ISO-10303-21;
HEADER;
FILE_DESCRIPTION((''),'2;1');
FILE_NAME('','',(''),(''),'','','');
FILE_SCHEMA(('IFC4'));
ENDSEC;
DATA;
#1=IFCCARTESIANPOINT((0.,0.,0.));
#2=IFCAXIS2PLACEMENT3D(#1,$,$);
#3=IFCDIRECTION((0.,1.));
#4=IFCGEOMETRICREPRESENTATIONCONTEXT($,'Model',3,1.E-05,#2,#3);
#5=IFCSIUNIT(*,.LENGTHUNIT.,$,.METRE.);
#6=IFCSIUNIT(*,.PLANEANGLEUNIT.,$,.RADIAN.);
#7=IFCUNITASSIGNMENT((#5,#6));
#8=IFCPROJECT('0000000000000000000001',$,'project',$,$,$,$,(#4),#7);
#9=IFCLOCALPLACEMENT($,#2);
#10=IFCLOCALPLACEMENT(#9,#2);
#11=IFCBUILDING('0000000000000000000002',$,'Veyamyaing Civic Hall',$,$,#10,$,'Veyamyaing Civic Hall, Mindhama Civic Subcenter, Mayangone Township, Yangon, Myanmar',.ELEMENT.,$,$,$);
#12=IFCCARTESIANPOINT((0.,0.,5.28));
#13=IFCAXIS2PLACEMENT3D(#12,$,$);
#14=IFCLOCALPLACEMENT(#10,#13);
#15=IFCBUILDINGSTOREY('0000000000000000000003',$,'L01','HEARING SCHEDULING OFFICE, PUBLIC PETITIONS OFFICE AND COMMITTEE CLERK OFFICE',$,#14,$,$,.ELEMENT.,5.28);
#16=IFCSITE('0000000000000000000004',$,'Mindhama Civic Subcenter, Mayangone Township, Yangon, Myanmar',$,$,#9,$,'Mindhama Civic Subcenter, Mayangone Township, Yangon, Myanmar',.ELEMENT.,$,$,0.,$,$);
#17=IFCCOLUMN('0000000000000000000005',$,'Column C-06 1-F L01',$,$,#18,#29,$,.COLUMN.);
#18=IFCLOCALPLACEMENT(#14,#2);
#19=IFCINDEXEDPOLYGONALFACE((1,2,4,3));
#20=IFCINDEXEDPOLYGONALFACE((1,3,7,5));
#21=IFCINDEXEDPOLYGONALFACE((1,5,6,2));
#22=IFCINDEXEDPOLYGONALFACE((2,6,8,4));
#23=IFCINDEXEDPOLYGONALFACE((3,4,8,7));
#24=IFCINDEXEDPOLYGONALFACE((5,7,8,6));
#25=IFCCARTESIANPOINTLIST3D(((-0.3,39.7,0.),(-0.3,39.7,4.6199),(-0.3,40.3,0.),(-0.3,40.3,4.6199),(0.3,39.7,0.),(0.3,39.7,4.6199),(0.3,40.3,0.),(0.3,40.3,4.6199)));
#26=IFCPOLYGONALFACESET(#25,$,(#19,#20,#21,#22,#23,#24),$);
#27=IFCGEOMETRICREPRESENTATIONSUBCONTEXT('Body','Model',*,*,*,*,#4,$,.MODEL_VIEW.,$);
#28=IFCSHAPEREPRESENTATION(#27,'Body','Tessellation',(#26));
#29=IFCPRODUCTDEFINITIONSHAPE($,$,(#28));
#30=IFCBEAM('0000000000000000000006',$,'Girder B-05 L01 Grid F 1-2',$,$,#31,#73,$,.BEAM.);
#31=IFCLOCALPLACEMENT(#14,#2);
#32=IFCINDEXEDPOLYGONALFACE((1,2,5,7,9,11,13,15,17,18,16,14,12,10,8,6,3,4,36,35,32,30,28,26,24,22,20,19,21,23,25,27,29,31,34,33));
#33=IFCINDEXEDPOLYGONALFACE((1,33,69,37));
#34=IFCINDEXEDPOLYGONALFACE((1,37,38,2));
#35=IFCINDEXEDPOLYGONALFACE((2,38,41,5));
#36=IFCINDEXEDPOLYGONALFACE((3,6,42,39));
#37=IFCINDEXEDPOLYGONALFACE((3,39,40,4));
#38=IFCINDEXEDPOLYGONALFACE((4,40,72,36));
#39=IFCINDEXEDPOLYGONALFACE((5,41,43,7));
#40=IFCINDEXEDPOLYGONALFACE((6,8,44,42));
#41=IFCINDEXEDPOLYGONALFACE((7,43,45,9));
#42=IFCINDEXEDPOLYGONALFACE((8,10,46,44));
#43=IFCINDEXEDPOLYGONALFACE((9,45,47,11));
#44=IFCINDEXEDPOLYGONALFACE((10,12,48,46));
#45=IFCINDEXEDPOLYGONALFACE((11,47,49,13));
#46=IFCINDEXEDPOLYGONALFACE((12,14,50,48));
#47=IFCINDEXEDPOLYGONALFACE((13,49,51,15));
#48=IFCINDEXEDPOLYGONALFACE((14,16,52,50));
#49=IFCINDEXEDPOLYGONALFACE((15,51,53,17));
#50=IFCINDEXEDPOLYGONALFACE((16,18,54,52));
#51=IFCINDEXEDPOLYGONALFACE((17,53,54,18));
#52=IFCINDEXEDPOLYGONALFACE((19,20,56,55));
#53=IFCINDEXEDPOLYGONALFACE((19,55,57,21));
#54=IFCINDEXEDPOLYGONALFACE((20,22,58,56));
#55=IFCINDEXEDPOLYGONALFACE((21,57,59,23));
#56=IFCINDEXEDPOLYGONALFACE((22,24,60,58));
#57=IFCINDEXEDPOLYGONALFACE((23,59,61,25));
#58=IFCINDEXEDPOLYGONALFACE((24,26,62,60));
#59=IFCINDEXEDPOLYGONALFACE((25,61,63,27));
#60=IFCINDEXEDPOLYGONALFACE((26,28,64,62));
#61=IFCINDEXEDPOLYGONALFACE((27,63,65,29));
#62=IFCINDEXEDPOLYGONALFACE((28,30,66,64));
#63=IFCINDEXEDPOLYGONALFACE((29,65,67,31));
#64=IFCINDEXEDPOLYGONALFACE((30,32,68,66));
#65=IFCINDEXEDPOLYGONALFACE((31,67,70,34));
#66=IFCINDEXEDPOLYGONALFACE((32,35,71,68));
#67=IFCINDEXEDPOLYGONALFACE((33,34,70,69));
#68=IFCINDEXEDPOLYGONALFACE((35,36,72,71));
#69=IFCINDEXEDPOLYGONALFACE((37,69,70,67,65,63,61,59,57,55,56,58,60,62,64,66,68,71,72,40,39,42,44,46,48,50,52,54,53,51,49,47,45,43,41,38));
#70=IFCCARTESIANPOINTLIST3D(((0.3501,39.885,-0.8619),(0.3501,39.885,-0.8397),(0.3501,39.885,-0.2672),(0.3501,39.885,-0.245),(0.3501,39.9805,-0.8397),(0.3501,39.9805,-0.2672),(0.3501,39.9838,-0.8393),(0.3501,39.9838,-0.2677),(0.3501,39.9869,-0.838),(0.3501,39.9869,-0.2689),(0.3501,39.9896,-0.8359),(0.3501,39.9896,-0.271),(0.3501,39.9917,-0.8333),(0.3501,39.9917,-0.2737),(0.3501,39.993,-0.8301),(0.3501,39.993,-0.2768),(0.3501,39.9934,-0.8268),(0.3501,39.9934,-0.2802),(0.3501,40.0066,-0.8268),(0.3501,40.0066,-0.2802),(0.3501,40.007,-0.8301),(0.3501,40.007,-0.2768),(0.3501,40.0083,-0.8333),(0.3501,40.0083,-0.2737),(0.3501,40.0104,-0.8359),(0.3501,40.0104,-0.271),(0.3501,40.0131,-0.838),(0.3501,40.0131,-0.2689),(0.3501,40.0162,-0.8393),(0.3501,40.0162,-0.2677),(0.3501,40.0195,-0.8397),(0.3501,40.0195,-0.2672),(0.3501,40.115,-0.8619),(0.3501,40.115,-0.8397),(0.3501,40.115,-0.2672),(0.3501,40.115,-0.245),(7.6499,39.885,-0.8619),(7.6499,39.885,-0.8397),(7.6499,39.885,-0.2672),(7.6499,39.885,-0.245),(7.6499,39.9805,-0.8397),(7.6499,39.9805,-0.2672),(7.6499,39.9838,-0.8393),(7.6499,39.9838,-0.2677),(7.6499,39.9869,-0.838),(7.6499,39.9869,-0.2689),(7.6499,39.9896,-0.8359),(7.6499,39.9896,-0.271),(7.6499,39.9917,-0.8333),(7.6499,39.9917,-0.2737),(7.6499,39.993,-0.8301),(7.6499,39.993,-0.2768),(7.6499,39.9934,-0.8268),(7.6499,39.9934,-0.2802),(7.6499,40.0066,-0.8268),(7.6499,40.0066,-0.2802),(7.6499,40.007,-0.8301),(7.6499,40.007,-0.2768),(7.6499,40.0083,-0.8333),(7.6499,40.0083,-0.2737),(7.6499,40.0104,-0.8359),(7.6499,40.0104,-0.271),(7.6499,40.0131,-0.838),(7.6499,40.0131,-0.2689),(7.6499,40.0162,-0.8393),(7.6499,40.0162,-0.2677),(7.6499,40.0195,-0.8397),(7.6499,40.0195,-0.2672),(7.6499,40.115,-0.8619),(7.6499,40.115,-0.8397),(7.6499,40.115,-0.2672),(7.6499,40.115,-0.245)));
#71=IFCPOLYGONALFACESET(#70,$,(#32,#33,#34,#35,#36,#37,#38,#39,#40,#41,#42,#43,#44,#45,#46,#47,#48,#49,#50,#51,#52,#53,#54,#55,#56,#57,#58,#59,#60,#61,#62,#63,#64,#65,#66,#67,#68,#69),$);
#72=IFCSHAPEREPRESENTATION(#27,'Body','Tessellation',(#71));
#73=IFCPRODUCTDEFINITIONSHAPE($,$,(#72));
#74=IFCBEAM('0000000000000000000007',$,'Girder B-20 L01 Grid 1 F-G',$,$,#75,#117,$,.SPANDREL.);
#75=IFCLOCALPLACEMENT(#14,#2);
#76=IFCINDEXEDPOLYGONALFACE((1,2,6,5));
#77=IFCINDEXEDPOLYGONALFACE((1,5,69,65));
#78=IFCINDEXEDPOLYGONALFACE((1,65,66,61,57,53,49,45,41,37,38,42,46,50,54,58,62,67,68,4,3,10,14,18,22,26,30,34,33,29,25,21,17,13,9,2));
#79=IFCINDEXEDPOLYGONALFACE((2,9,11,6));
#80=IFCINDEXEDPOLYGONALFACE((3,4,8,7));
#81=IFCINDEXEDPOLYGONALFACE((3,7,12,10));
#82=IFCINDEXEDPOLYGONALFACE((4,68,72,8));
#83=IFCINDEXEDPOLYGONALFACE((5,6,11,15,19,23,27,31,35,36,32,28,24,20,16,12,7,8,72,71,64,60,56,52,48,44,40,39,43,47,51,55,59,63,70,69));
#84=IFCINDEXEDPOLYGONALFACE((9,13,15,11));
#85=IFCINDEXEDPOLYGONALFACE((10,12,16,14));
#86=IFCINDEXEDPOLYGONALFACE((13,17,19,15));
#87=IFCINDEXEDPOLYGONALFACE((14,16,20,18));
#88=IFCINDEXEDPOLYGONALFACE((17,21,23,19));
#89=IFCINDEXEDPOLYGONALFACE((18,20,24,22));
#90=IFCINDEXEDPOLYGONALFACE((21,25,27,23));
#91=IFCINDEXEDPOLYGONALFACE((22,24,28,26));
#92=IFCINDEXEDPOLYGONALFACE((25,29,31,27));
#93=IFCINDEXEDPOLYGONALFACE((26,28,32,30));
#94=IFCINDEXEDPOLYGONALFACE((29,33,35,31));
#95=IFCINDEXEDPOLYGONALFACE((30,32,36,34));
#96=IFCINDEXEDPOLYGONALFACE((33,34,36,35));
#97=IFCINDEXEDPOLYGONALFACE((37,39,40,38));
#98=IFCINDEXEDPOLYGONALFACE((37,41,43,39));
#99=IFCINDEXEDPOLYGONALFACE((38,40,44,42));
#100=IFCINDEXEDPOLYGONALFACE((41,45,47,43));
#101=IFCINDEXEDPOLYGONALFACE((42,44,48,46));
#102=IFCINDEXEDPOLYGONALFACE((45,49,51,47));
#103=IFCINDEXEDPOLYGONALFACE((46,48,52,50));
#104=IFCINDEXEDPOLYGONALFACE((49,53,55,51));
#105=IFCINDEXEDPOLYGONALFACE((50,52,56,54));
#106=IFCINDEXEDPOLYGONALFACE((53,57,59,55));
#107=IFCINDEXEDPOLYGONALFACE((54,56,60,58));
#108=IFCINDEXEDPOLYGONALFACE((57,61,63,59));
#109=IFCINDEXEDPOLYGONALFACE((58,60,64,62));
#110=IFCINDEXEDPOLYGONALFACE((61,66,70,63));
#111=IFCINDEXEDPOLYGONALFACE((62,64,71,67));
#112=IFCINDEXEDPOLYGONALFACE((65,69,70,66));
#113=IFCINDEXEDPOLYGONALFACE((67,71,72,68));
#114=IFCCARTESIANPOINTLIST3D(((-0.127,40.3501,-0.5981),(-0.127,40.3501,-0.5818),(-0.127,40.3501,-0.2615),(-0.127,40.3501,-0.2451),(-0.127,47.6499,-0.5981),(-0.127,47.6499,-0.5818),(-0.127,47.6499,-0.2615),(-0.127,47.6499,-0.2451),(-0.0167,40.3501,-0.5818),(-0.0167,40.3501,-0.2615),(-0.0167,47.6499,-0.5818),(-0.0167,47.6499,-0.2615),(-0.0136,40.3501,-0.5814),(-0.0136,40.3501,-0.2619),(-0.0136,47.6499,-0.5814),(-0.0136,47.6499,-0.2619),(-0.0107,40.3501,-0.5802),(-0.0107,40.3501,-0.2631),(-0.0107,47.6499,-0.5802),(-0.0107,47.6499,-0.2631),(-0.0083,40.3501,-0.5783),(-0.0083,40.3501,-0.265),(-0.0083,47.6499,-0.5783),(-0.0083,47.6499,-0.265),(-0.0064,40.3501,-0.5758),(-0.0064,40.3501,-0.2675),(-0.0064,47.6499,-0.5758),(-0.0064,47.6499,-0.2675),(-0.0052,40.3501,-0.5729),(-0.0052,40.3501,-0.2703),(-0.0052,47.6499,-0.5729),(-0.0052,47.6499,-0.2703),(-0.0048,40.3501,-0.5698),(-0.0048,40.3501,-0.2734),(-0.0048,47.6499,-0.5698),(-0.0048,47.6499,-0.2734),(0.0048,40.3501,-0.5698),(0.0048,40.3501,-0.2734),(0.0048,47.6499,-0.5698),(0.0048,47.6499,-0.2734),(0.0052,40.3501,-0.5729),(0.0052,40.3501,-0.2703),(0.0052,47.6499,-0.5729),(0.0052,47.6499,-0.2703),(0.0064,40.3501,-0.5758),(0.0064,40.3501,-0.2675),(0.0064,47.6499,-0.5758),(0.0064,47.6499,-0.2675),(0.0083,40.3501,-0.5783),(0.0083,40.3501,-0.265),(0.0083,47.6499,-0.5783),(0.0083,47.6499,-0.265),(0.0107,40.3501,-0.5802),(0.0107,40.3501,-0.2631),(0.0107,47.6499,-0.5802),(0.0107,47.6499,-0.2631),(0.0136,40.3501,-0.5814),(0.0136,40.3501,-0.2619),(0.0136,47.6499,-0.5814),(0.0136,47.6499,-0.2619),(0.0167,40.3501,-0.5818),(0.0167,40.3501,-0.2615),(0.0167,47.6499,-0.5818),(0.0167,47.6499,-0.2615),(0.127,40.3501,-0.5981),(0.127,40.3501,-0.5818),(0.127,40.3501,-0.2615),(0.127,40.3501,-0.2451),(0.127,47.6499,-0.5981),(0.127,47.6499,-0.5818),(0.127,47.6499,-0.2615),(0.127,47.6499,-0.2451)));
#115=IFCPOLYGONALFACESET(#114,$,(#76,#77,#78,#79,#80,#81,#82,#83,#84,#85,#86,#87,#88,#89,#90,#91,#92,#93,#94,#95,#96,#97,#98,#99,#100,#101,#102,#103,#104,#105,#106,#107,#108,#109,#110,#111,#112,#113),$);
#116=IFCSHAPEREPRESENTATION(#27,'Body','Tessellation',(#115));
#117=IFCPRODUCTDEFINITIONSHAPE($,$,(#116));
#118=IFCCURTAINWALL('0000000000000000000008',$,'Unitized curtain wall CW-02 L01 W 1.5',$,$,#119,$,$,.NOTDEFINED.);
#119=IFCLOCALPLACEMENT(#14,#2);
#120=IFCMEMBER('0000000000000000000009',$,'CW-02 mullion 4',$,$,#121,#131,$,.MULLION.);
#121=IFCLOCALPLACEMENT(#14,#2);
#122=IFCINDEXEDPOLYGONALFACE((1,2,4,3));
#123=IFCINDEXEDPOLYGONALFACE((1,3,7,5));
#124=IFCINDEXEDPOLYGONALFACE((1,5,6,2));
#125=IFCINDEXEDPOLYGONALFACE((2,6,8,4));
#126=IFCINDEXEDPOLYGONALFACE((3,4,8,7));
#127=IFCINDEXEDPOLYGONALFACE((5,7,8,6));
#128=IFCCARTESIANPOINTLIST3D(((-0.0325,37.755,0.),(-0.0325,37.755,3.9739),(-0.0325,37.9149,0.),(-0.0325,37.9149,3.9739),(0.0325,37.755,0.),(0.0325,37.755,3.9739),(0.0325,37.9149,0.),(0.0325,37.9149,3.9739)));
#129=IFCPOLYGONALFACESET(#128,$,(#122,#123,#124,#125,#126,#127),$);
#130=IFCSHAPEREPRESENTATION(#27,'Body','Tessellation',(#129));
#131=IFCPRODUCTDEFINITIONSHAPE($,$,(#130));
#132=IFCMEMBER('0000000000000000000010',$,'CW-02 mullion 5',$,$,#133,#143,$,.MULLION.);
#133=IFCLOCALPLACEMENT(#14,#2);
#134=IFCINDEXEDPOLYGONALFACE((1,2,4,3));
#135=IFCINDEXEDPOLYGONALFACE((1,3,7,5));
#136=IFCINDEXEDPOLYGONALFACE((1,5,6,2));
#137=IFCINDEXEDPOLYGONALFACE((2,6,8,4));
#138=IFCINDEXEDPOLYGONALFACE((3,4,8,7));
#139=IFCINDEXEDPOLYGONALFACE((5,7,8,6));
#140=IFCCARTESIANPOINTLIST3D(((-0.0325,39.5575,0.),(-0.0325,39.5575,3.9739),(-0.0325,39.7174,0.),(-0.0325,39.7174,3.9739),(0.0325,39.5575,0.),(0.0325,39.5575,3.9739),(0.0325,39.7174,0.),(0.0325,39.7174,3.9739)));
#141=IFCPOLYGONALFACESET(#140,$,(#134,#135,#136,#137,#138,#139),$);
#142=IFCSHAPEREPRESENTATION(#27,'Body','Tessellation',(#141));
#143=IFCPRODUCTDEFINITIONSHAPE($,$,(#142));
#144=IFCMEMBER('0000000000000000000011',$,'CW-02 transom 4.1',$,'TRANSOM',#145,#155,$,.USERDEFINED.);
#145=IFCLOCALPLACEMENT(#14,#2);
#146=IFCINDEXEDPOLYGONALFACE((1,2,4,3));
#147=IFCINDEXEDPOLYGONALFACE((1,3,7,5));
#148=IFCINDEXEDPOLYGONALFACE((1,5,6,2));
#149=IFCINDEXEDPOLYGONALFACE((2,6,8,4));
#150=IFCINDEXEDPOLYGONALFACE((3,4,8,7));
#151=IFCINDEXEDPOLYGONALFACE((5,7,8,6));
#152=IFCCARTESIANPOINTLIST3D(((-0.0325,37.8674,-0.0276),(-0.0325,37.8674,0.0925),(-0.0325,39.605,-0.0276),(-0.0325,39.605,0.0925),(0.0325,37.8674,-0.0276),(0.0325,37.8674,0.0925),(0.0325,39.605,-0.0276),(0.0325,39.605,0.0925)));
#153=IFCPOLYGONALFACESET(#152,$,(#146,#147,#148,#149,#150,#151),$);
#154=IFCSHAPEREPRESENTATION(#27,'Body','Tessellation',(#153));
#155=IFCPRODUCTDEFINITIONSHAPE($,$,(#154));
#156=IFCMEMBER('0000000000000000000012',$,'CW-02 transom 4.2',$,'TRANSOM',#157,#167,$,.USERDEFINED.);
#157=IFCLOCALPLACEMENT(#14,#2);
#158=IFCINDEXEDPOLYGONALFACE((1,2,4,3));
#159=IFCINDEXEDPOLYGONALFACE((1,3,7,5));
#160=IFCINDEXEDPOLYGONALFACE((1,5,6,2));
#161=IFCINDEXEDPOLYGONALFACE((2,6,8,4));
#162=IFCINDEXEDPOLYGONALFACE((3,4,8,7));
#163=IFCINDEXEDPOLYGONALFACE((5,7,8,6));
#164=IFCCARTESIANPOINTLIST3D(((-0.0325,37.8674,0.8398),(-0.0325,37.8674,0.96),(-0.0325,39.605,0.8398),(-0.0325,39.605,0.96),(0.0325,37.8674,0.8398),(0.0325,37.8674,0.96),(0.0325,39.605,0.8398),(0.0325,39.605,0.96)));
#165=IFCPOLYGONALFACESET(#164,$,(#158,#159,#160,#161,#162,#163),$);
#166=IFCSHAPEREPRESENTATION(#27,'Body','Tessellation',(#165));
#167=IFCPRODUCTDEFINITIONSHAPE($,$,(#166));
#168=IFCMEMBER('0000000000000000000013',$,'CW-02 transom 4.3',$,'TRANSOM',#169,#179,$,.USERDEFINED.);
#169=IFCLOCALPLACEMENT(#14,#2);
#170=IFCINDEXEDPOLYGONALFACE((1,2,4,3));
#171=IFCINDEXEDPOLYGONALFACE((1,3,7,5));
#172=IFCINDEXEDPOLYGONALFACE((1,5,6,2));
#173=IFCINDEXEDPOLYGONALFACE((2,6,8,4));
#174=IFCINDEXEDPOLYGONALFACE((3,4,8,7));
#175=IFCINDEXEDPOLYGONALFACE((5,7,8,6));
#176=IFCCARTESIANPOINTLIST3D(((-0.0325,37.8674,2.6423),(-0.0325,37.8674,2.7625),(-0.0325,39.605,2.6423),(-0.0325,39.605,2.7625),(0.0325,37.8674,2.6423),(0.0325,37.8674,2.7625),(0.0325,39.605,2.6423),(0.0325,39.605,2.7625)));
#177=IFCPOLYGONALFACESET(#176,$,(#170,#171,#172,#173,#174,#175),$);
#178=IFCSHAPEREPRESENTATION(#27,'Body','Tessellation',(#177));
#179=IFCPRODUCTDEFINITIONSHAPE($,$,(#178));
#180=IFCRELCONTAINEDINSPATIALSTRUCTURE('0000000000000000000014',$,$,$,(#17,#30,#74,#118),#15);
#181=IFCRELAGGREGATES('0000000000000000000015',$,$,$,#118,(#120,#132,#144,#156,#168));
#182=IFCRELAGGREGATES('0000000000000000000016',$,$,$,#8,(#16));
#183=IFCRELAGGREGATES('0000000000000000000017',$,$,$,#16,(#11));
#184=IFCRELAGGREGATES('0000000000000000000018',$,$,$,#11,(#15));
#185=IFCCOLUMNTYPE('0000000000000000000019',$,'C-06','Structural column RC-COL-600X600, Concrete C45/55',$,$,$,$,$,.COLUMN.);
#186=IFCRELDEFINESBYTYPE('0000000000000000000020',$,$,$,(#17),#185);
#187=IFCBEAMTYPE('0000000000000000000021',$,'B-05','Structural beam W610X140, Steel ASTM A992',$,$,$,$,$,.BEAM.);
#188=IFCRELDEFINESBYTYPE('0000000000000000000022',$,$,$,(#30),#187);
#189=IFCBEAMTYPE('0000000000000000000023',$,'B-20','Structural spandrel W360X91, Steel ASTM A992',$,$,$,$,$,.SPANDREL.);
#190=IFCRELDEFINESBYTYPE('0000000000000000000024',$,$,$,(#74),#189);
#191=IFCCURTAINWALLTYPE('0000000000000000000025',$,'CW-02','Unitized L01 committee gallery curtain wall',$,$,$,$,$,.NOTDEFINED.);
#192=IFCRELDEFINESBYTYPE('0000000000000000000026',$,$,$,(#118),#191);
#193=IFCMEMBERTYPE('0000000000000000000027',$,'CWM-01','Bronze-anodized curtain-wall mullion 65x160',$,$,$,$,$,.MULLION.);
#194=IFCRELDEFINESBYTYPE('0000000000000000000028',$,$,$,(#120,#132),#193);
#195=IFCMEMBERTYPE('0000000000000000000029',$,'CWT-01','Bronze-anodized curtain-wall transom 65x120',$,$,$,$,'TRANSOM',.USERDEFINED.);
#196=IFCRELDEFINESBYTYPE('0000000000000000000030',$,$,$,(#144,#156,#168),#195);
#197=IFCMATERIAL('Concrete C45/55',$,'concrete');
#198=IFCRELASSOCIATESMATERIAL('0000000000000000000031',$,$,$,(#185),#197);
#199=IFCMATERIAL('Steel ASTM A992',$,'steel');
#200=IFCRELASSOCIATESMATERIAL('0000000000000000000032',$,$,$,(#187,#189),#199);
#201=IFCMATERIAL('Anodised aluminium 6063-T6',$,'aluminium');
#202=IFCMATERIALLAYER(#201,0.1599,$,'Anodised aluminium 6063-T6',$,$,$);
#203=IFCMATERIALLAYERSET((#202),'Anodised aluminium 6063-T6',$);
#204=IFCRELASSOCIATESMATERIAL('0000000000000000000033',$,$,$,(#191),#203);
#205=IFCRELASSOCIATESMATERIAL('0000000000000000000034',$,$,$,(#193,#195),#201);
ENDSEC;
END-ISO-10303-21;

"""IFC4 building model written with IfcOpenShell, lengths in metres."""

from ifc_helpers import new_model, si_unit, direction, frame, origin, origin_2d, place, context, subcontext, project, spatial, rectangle, i_section, extrude, material, layer, layer_set, material_profile, profile_set, type_object, element, aggregate, save


model = new_model("IFC4")

# Units and contexts
model_context = context("Model", 3, precision=1e-05, world=origin(), true_north=direction((0.0, 1.0)))
body_context = subcontext(model_context, "Body", "Model", "MODEL_VIEW")
ifc_project = project(units=[si_unit("LENGTHUNIT", "METRE"), si_unit("PLANEANGLEUNIT", "RADIAN")], contexts=[model_context])

# Site, building, storey
site_placement = place(None, origin())
site = spatial("IfcSite", under=ifc_project, at=site_placement, Name="Mindhama Civic Subcenter, Mayangone Township, Yangon, Myanmar", LongName="Mindhama Civic Subcenter, Mayangone Township, Yangon, Myanmar", CompositionType="ELEMENT", RefElevation=0.0)
building_placement = place(site_placement, origin())
building = spatial("IfcBuilding", under=site, at=building_placement, Name="Veyamyaing Civic Hall", LongName="Veyamyaing Civic Hall, Mindhama Civic Subcenter, Mayangone Township, Yangon, Myanmar", CompositionType="ELEMENT")
storey_placement = place(building_placement, frame((0.0, 0.0, 5.28)))
storey = spatial("IfcBuildingStorey", under=building, at=storey_placement, Name="L01", Description="HEARING SCHEDULING OFFICE, PUBLIC PETITIONS OFFICE AND COMMITTEE CLERK OFFICE", CompositionType="ELEMENT", Elevation=5.28)

# Column
ifc_material_1 = material(Name="Concrete C45/55", Category="concrete")
ifc_material_profile_1 = material_profile(ifc_material_1, rectangle(XDim=0.6001, YDim=0.6001, at=origin_2d()), Name="RC-COL-600X600")
ifc_profile_set_1 = profile_set([ifc_material_profile_1], Name="Concrete C45/55")
column_type = type_object("IfcColumnType", Name="C-06", Description="Structural column RC-COL-600X600, Concrete C45/55", PredefinedType="COLUMN", material=ifc_profile_set_1)
column_placement = place(storey_placement, frame((0.0, 40.0, 0.0), z_axis=(0.0, 0.0, 1.0), x_axis=(1.0, 0.0, 0.0)))
element("IfcColumn", 1, at=column_placement, inside=storey, type_object=column_type, Name="Column C-06 1-F L01", PredefinedType="COLUMN", context=body_context, shape_type="SweptSolid", body=[
    extrude(rectangle(XDim=0.6001, YDim=0.6001, at=origin_2d()), origin(), (0.0, 0.0, 1.0), 4.6199),
])

# Beams
ifc_material_2 = material(Name="Steel ASTM A992", Category="steel")
ifc_material_profile_2 = material_profile(ifc_material_2, i_section(OverallWidth=0.23, OverallDepth=0.6169, WebThickness=0.0132, FlangeThickness=0.0222, FilletRadius=0.0129, at=origin_2d()), Name="W610X140")
ifc_profile_set_2 = profile_set([ifc_material_profile_2], Name="Steel ASTM A992")
beam_type_1 = type_object("IfcBeamType", Name="B-05", Description="Structural beam W610X140, Steel ASTM A992", PredefinedType="BEAM", material=ifc_profile_set_2)
beam_1_placement = place(storey_placement, frame((0.3501, 40.0, -0.5535), z_axis=(1.0, 0.0, 0.0), x_axis=(0.0, 1.0, 0.0)))
element("IfcBeam", 2, at=beam_1_placement, inside=storey, type_object=beam_type_1, Name="Girder B-05 L01 Grid F 1-2", PredefinedType="BEAM", context=body_context, shape_type="SweptSolid", body=[
    extrude(i_section(OverallWidth=0.23, OverallDepth=0.6169, WebThickness=0.0132, FlangeThickness=0.0222, FilletRadius=0.0129, at=origin_2d()), origin(), (0.0, 0.0, 1.0), 7.2998),
])
ifc_material_profile_3 = material_profile(ifc_material_2, i_section(OverallWidth=0.2539, OverallDepth=0.353, WebThickness=0.0095, FlangeThickness=0.0164, FilletRadius=0.012, at=origin_2d()), Name="W360X91")
ifc_profile_set_3 = profile_set([ifc_material_profile_3], Name="Steel ASTM A992")
beam_type_2 = type_object("IfcBeamType", Name="B-20", Description="Structural spandrel W360X91, Steel ASTM A992", PredefinedType="SPANDREL", material=ifc_profile_set_3)
beam_2_placement = place(storey_placement, frame((0.0, 40.3501, -0.4216), z_axis=(0.0, 1.0, 0.0), x_axis=(-1.0, 0.0, 0.0)))
element("IfcBeam", 3, at=beam_2_placement, inside=storey, type_object=beam_type_2, Name="Girder B-20 L01 Grid 1 F-G", PredefinedType="SPANDREL", context=body_context, shape_type="SweptSolid", body=[
    extrude(i_section(OverallWidth=0.2539, OverallDepth=0.353, WebThickness=0.0095, FlangeThickness=0.0164, FilletRadius=0.012, at=origin_2d()), origin(), (0.0, 0.0, 1.0), 7.2998),
])

# Curtain wall, members
ifc_material_3 = material(Name="Anodised aluminium 6063-T6", Category="aluminium")
ifc_layer_1 = layer(ifc_material_3, 0.1599, Name="Anodised aluminium 6063-T6")
ifc_layer_set_1 = layer_set([ifc_layer_1], Name="Anodised aluminium 6063-T6")
curtain_wall_type = type_object("IfcCurtainWallType", Name="CW-02", Description="Unitized L01 committee gallery curtain wall", PredefinedType="NOTDEFINED", material=ifc_layer_set_1)
curtain_wall_placement = place(storey_placement, origin())
curtain_wall = element("IfcCurtainWall", 4, at=curtain_wall_placement, inside=storey, type_object=curtain_wall_type, Name="Unitized curtain wall CW-02 L01 W 1.5", PredefinedType="NOTDEFINED")
ifc_material_profile_4 = material_profile(ifc_material_3, rectangle(XDim=0.0649, YDim=0.1599, at=origin_2d()), Name="ALU-MUL-65X160")
ifc_profile_set_4 = profile_set([ifc_material_profile_4], Name="Anodised aluminium 6063-T6")
member_type_1 = type_object("IfcMemberType", Name="CWM-01", Description="Bronze-anodized curtain-wall mullion 65x160", PredefinedType="MULLION", material=ifc_profile_set_4)
member_1_placement = place(storey_placement, frame((0.0, 37.835, 0.0), z_axis=(0.0, 0.0, 1.0), x_axis=(-1.0, 0.0, 0.0)))
member_1 = element("IfcMember", 5, at=member_1_placement, type_object=member_type_1, Name="CW-02 mullion 4", PredefinedType="MULLION", context=body_context, shape_type="SweptSolid", body=[
    extrude(rectangle(XDim=0.0649, YDim=0.1599, at=origin_2d()), origin(), (0.0, 0.0, 1.0), 3.9739),
])
member_2_placement = place(storey_placement, frame((0.0, 39.6375, 0.0), z_axis=(0.0, 0.0, 1.0), x_axis=(-1.0, 0.0, 0.0)))
member_2 = element("IfcMember", 6, at=member_2_placement, type_object=member_type_1, Name="CW-02 mullion 5", PredefinedType="MULLION", context=body_context, shape_type="SweptSolid", body=[
    extrude(rectangle(XDim=0.0649, YDim=0.1599, at=origin_2d()), origin(), (0.0, 0.0, 1.0), 3.9739),
])
ifc_material_profile_5 = material_profile(ifc_material_3, rectangle(XDim=0.0649, YDim=0.1201, at=origin_2d()), Name="ALU-TRN-65X120")
ifc_profile_set_5 = profile_set([ifc_material_profile_5], Name="Anodised aluminium 6063-T6")
member_type_2 = type_object("IfcMemberType", Name="CWT-01", Description="Bronze-anodized curtain-wall transom 65x120", ElementType="TRANSOM", PredefinedType="USERDEFINED", material=ifc_profile_set_5)
member_3_placement = place(storey_placement, frame((0.0, 37.8674, 0.0325), z_axis=(0.0, 1.0, 0.0), x_axis=(-1.0, 0.0, 0.0)))
member_3 = element("IfcMember", 7, at=member_3_placement, type_object=member_type_2, Name="CW-02 transom 4.1", ObjectType="TRANSOM", PredefinedType="USERDEFINED", context=body_context, shape_type="SweptSolid", body=[
    extrude(rectangle(XDim=0.0649, YDim=0.1201, at=origin_2d()), origin(), (0.0, 0.0, 1.0), 1.7375),
])
member_4_placement = place(storey_placement, frame((0.0, 37.8674, 0.8999), z_axis=(0.0, 1.0, 0.0), x_axis=(-1.0, 0.0, 0.0)))
member_4 = element("IfcMember", 8, at=member_4_placement, type_object=member_type_2, Name="CW-02 transom 4.2", ObjectType="TRANSOM", PredefinedType="USERDEFINED", context=body_context, shape_type="SweptSolid", body=[
    extrude(rectangle(XDim=0.0649, YDim=0.1201, at=origin_2d()), origin(), (0.0, 0.0, 1.0), 1.7375),
])
member_5_placement = place(storey_placement, frame((0.0, 37.8674, 2.7024), z_axis=(0.0, 1.0, 0.0), x_axis=(-1.0, 0.0, 0.0)))
member_5 = element("IfcMember", 9, at=member_5_placement, type_object=member_type_2, Name="CW-02 transom 4.3", ObjectType="TRANSOM", PredefinedType="USERDEFINED", context=body_context, shape_type="SweptSolid", body=[
    extrude(rectangle(XDim=0.0649, YDim=0.1201, at=origin_2d()), origin(), (0.0, 0.0, 1.0), 1.7375),
])

aggregate(curtain_wall, [member_1, member_2, member_3, member_4, member_5])

save(model, "model.ifc")
